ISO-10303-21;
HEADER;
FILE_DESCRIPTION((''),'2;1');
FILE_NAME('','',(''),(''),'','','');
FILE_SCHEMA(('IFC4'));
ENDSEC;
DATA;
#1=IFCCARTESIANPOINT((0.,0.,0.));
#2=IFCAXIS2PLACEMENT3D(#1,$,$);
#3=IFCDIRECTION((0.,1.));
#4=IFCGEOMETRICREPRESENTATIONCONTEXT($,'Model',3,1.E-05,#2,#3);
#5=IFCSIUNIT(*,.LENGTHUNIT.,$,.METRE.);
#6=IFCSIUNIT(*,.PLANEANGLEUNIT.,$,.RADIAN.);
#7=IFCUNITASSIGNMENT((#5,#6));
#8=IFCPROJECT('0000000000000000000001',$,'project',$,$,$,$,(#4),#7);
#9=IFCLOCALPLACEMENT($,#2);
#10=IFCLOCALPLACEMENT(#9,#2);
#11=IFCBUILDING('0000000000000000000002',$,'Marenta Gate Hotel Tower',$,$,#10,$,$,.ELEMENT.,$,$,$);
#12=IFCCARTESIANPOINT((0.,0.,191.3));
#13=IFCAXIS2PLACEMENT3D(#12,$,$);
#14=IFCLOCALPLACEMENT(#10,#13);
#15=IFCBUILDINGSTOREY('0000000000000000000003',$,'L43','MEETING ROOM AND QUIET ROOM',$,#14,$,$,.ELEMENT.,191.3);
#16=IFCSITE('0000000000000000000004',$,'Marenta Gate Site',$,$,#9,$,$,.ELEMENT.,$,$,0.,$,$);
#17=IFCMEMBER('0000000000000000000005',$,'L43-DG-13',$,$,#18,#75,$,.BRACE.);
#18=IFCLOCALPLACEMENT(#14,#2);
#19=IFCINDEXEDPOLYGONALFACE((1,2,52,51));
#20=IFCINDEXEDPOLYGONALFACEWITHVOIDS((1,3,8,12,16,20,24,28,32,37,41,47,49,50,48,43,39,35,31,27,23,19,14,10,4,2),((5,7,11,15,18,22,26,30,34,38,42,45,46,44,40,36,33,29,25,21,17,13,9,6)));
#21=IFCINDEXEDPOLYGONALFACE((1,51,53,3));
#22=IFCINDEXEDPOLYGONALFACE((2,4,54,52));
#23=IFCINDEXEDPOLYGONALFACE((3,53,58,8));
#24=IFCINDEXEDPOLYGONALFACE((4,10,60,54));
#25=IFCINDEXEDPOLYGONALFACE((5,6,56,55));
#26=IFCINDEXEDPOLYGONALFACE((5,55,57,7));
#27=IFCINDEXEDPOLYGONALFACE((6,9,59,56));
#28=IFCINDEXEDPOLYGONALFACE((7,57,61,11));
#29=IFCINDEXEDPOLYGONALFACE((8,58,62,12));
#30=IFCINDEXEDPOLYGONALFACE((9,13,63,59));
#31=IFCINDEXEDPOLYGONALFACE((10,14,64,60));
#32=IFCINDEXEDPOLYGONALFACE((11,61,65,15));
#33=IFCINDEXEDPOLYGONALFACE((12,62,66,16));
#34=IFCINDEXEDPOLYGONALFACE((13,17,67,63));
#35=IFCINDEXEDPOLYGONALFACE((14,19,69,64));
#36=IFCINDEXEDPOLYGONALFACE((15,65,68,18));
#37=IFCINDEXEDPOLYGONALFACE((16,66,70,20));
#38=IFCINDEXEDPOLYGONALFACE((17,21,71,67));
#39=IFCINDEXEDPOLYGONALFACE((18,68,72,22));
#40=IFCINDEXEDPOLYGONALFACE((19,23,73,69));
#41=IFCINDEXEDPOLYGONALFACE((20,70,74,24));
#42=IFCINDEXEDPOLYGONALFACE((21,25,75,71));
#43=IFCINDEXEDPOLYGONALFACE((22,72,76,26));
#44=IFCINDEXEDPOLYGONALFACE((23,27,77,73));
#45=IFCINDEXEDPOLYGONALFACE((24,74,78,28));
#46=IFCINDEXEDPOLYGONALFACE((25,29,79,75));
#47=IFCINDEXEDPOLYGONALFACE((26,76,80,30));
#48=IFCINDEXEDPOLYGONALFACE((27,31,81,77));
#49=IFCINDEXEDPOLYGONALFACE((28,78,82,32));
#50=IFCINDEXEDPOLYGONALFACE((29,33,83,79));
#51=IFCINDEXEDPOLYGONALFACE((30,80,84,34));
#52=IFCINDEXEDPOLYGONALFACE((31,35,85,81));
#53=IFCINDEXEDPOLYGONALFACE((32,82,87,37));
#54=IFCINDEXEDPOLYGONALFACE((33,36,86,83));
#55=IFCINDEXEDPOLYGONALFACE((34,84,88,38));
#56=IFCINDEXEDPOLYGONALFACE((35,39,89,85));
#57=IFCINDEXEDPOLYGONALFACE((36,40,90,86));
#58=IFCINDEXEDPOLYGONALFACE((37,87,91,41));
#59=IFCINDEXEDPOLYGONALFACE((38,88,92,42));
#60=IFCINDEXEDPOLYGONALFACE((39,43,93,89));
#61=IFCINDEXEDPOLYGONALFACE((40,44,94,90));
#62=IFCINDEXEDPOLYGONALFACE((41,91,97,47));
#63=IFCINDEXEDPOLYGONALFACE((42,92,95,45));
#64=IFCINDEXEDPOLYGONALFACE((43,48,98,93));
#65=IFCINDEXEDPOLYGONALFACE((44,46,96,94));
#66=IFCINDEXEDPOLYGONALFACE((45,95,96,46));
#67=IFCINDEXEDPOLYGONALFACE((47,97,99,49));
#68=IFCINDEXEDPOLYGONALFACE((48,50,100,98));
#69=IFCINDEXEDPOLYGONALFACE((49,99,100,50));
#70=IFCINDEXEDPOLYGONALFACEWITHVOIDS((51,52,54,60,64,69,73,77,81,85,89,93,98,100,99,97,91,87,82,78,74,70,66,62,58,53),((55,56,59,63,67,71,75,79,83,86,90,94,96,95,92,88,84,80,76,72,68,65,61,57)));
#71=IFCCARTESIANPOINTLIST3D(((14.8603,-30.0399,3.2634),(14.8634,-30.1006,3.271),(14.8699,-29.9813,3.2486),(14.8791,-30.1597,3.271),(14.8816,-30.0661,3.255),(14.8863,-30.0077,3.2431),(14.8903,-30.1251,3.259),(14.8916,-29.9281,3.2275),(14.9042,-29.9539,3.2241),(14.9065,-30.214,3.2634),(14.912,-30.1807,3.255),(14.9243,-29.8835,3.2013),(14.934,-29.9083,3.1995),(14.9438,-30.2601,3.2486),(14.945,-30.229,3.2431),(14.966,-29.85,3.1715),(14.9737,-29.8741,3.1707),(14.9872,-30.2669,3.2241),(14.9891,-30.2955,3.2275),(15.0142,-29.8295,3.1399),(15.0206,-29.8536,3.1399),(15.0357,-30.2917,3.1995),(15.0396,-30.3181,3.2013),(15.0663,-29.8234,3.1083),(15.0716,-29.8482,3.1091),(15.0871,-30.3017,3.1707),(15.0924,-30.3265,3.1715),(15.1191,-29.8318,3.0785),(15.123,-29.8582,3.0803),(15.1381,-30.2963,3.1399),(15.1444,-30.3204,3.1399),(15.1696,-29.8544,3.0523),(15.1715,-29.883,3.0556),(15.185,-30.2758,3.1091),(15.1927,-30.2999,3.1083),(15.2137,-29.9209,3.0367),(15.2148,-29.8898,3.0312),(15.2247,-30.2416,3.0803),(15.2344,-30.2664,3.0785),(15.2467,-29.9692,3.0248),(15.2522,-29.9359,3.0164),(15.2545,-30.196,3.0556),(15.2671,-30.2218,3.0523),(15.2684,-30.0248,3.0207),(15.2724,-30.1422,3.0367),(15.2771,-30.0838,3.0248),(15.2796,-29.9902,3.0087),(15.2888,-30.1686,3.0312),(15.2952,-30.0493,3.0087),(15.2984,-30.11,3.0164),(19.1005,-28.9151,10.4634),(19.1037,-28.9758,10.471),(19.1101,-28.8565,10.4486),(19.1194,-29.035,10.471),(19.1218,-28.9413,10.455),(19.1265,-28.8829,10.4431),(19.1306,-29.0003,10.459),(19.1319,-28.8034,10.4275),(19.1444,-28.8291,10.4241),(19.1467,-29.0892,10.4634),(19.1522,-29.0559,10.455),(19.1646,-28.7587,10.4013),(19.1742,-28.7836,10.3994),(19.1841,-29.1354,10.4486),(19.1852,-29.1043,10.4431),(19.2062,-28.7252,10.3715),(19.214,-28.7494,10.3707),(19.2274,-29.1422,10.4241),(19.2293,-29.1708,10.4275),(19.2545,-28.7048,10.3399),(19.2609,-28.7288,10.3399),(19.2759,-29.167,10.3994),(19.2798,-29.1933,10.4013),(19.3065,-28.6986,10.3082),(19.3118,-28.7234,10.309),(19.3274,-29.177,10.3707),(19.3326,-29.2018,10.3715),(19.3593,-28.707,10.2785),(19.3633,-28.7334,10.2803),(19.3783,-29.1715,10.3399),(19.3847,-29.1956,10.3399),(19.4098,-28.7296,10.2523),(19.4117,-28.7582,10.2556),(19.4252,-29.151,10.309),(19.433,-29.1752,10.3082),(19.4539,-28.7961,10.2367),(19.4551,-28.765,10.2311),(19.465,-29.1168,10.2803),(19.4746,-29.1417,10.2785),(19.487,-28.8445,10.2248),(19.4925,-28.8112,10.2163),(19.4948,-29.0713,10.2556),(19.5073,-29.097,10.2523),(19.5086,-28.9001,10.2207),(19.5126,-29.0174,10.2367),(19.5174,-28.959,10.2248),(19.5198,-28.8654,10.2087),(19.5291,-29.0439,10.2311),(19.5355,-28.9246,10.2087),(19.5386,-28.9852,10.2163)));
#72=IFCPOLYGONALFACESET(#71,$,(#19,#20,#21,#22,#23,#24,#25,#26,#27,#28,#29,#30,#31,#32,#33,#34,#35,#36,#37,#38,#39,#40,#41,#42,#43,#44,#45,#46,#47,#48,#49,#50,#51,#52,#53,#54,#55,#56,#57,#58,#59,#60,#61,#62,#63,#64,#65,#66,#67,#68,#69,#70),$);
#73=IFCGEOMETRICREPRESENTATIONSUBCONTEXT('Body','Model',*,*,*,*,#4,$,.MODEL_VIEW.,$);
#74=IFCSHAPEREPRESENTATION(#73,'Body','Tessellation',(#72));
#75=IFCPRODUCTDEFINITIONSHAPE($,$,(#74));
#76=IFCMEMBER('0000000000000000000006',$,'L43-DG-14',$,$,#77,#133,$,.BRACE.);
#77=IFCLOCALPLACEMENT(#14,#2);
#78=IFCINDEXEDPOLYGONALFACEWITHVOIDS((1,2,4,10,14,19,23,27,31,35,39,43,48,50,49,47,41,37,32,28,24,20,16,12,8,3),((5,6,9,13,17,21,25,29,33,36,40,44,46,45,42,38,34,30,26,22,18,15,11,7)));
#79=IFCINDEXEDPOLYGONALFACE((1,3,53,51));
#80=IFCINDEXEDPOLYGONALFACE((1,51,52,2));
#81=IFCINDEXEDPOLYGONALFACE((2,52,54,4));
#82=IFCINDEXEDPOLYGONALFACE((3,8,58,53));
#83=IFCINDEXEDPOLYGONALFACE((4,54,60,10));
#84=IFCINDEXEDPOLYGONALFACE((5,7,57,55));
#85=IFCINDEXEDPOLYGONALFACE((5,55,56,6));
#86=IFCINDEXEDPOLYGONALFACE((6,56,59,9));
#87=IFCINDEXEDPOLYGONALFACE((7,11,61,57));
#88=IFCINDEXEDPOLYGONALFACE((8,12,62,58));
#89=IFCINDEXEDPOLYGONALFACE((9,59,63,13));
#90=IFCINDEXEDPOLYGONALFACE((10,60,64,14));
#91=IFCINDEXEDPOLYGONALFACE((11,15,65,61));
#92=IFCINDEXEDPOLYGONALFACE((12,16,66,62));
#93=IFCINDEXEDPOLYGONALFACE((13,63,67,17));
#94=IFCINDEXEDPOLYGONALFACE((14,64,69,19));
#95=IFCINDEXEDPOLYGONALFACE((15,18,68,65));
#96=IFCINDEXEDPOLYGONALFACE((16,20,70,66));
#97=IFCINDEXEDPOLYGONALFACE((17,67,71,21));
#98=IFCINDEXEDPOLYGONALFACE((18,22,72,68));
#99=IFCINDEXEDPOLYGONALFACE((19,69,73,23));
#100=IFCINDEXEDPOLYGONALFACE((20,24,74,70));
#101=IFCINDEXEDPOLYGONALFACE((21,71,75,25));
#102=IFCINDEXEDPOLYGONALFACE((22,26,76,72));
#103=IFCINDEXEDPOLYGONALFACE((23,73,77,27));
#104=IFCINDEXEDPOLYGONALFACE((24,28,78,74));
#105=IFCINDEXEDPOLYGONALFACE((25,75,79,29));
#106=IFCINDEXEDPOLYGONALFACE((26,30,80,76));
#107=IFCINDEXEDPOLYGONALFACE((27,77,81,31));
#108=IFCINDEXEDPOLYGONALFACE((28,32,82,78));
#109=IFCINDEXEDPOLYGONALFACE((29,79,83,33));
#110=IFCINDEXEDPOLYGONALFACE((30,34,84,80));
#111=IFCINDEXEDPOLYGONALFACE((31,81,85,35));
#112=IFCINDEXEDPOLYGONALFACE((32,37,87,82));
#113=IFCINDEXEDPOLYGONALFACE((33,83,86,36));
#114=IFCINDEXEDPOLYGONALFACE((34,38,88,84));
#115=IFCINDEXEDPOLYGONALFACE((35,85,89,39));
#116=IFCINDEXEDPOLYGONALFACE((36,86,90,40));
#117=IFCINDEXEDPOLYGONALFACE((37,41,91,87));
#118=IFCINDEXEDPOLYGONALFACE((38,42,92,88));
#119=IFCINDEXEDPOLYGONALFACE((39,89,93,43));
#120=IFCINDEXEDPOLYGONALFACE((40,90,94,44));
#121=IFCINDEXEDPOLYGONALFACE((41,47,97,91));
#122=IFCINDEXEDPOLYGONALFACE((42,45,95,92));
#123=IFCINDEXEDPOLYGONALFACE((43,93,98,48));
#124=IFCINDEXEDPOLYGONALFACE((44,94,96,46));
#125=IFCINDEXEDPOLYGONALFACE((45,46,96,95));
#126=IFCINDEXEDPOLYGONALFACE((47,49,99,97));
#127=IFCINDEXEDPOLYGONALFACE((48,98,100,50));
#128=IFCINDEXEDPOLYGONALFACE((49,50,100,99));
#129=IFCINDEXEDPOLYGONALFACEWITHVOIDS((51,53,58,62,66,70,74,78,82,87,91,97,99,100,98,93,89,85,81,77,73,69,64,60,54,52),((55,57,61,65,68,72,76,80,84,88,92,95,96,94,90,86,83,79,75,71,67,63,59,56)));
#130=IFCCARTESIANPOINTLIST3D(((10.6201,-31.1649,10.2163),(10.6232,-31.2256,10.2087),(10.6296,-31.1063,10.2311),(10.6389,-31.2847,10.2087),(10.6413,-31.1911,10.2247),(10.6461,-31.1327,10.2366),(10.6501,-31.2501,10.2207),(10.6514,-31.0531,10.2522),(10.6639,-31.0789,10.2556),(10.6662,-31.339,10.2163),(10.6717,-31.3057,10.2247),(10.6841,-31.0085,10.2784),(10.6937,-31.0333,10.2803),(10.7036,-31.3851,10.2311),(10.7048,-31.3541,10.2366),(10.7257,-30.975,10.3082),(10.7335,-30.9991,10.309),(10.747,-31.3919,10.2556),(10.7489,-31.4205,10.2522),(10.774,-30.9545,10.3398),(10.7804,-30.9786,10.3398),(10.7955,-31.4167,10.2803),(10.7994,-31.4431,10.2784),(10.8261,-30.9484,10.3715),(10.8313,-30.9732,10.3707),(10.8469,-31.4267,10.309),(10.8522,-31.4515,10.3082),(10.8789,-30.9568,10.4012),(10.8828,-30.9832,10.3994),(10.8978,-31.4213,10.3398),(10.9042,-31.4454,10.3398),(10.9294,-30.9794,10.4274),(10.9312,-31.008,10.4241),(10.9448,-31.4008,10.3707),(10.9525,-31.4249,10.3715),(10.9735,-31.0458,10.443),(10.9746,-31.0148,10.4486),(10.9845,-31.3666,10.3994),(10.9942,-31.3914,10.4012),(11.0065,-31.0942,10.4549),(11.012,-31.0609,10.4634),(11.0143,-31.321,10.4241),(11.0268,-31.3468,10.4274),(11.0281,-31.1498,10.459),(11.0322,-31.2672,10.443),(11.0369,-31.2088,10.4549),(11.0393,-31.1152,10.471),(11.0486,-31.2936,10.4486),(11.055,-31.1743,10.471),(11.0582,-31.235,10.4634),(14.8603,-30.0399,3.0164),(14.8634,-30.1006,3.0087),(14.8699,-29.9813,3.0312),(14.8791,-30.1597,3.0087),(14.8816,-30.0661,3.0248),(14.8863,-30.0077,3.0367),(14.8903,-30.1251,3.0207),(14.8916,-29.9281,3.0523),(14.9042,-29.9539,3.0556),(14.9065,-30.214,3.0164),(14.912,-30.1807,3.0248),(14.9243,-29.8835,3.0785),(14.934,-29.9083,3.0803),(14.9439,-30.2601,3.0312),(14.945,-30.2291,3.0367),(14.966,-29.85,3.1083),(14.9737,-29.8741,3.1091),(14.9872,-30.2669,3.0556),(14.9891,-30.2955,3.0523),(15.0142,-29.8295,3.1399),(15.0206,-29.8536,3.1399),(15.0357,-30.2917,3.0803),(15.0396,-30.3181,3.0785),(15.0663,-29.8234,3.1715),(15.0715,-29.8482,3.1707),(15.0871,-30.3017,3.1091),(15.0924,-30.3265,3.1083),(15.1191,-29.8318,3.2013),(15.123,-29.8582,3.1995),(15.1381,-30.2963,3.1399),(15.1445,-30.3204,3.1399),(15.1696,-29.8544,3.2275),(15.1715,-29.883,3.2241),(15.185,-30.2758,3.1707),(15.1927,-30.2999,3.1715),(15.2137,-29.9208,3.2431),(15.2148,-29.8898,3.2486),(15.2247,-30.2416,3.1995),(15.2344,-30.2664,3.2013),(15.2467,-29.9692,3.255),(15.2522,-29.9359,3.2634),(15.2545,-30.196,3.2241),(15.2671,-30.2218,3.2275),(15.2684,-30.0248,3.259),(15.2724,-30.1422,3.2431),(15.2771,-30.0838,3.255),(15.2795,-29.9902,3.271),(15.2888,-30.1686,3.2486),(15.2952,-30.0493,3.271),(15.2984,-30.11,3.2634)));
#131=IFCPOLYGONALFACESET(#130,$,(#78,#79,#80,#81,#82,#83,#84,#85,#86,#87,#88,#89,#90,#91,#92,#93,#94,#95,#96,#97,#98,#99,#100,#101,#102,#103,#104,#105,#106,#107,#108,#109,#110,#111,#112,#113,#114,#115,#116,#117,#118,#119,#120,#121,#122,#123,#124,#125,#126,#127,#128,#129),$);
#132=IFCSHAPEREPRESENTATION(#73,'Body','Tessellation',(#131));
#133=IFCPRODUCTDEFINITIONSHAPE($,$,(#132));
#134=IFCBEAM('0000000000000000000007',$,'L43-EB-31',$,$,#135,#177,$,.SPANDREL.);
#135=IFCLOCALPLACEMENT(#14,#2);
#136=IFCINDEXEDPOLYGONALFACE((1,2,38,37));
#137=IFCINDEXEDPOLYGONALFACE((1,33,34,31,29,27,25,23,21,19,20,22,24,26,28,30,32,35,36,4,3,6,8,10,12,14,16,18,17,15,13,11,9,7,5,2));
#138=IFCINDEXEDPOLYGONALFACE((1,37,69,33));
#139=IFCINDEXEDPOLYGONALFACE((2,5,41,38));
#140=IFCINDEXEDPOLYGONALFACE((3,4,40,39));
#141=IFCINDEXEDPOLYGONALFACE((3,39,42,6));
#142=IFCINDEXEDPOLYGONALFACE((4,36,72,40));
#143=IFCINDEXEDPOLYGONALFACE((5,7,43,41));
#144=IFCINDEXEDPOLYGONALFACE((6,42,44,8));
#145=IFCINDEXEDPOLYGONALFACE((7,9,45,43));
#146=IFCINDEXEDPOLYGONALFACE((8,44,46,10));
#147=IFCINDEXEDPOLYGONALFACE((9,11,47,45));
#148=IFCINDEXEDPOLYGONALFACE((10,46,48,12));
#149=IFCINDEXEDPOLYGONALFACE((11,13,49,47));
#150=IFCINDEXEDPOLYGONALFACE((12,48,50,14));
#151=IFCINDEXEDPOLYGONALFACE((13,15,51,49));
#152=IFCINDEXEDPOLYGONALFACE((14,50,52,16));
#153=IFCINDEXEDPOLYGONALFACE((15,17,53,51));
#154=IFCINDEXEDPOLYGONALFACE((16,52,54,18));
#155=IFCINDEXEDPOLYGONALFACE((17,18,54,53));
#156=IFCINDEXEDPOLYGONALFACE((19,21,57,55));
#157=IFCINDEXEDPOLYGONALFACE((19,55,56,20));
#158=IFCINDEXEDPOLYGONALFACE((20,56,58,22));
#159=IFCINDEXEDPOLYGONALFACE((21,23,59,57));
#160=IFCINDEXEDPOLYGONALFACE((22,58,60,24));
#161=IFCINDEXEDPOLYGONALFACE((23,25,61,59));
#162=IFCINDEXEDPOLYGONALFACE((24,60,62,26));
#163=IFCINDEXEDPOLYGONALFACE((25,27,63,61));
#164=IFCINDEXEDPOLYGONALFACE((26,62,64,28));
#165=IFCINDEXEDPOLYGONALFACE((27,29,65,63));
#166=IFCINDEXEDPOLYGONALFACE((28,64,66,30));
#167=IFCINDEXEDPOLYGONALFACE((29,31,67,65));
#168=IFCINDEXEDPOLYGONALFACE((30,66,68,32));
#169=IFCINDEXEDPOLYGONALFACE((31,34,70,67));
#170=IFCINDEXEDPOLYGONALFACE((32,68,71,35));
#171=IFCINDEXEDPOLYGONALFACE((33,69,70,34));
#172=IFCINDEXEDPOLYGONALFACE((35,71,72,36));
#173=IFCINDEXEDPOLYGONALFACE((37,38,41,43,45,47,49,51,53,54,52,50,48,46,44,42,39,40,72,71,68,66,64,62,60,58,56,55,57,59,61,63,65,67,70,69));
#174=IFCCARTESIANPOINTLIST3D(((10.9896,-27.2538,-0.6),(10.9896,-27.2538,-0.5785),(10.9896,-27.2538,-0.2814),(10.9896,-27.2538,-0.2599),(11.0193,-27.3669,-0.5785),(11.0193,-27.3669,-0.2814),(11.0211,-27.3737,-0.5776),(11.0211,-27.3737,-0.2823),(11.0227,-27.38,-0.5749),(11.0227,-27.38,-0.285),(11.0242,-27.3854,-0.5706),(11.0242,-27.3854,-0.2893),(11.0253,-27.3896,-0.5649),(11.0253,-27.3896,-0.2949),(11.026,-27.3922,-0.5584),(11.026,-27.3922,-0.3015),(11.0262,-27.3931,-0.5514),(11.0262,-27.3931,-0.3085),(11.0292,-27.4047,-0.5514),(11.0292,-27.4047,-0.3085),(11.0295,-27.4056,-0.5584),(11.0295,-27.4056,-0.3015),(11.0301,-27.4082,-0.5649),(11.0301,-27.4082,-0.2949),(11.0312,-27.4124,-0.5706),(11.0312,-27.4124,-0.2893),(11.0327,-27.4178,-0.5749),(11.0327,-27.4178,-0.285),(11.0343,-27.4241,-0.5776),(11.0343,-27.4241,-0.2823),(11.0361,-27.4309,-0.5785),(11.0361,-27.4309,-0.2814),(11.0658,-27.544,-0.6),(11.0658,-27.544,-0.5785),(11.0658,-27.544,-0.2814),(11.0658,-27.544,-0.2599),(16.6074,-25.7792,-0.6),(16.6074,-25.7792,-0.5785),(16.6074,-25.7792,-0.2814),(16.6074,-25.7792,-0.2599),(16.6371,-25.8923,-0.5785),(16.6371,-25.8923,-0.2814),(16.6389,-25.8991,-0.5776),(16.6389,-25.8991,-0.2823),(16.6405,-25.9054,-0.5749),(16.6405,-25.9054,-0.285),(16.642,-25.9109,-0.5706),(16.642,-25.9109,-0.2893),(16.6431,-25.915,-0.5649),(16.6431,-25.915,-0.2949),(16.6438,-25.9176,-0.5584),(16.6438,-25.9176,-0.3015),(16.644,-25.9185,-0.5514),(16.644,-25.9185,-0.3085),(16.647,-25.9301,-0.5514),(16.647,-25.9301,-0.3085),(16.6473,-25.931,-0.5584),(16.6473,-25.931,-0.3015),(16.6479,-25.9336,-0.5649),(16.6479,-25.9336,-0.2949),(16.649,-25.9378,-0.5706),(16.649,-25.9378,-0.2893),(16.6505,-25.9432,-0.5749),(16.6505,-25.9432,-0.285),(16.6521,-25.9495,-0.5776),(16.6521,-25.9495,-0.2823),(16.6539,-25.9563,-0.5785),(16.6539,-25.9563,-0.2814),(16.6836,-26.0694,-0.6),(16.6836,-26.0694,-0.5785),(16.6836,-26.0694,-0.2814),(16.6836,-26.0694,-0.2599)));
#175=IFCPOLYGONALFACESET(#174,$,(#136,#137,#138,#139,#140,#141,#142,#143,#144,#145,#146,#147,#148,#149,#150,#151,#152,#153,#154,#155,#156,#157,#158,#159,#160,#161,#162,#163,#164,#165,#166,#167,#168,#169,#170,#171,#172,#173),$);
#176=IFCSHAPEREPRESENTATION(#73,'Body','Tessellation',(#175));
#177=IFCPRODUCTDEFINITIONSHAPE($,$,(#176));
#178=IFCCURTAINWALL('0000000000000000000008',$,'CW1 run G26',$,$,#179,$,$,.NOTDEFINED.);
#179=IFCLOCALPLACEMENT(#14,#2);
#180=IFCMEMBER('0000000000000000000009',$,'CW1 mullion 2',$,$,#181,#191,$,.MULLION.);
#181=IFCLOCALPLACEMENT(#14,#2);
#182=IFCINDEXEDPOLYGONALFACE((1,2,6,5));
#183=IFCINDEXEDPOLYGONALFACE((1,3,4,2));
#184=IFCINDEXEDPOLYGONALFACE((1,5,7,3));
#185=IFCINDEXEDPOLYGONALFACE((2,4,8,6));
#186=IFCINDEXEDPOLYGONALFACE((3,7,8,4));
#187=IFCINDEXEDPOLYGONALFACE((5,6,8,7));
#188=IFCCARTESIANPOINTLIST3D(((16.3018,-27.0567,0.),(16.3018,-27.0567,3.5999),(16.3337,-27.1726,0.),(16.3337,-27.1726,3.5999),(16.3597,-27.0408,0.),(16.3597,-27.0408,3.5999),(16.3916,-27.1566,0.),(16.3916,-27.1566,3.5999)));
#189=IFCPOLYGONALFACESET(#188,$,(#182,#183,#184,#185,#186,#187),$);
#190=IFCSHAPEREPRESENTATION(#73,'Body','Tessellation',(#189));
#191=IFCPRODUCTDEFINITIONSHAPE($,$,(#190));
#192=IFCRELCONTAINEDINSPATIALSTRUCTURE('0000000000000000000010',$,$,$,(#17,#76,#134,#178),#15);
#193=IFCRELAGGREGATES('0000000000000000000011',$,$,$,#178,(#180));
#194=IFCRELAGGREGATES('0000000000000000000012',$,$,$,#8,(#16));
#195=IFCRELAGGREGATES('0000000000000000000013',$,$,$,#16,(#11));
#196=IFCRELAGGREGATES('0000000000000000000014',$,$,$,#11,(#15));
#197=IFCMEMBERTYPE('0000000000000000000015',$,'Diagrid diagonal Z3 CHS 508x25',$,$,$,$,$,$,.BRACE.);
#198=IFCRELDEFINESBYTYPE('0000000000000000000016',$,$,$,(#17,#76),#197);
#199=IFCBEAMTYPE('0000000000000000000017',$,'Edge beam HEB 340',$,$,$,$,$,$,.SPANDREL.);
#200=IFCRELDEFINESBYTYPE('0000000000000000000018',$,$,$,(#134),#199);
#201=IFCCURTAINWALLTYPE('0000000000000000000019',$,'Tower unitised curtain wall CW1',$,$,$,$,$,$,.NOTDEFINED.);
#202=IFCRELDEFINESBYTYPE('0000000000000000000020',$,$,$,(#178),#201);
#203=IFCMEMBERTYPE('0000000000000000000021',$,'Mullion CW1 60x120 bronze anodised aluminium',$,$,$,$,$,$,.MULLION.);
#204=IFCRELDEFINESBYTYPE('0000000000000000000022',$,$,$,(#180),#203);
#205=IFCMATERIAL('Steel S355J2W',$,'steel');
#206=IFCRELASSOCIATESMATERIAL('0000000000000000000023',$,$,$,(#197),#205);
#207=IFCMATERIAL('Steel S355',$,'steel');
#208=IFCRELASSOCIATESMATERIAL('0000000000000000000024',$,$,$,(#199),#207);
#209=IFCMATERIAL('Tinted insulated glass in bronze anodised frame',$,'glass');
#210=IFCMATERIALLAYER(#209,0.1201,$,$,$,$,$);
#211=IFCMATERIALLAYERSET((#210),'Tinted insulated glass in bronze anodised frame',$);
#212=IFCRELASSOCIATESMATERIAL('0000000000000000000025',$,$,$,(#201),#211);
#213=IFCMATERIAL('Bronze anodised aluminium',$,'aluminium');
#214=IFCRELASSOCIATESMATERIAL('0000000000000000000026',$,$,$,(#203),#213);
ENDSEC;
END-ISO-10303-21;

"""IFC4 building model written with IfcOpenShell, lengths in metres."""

from ifc_helpers import new_model, si_unit, direction, frame, origin, origin_2d, place, context, subcontext, project, spatial, rectangle, hollow_circle, i_section, extrude, material, layer, layer_set, material_profile, profile_set, type_object, element, aggregate, save


model = new_model("IFC4")

# Units and contexts
model_context = context("Model", 3, precision=1e-05, world=origin(), true_north=direction((0.0, 1.0)))
body_context = subcontext(model_context, "Body", "Model", "MODEL_VIEW")
ifc_project = project(units=[si_unit("LENGTHUNIT", "METRE"), si_unit("PLANEANGLEUNIT", "RADIAN")], contexts=[model_context])

# Site, building, storey
site_placement = place(None, origin())
site = spatial("IfcSite", under=ifc_project, at=site_placement, Name="Marenta Gate Site", CompositionType="ELEMENT", RefElevation=0.0)
building_placement = place(site_placement, origin())
building = spatial("IfcBuilding", under=site, at=building_placement, Name="Marenta Gate Hotel Tower", CompositionType="ELEMENT")
storey_placement = place(building_placement, frame((0.0, 0.0, 191.3)))
storey = spatial("IfcBuildingStorey", under=building, at=storey_placement, Name="L43", Description="MEETING ROOM AND QUIET ROOM", CompositionType="ELEMENT", Elevation=191.3)

# Members
ifc_material_1 = material(Name="Steel S355J2W", Category="steel")
ifc_material_profile_1 = material_profile(ifc_material_1, hollow_circle(Radius=0.2539, WallThickness=0.0249, at=origin_2d()), Name="CHS 508x25")
ifc_profile_set_1 = profile_set([ifc_material_profile_1], Name="Steel S355J2W")
member_type_1 = type_object("IfcMemberType", Name="Diagrid diagonal Z3 CHS 508x25", PredefinedType="BRACE", material=ifc_profile_set_1)
for number, where, z_axis, x_axis, name in (
    (1, (15.0793, -30.075, 3.1399), (0.502926, 0.133405, 0.853972), (-0.256391, 0.966573, 0.0), "L43-DG-13"),
    (2, (15.0793, -30.075, 3.1399), (-0.502924, -0.133434, 0.853969), (0.256443, -0.966559, 0.0), "L43-DG-14"),
):
    element("IfcMember", number, at=place(storey_placement, frame(where, z_axis=z_axis, x_axis=x_axis)), inside=storey, type_object=member_type_1, Name=name, PredefinedType="BRACE", context=body_context, shape_type="SweptSolid", body=[
        extrude(hollow_circle(Radius=0.2539, WallThickness=0.0249, at=origin_2d()), origin(), (0.0, 0.0, 1.0), 8.4312),
    ])

# Beam
ifc_material_2 = material(Name="Steel S355", Category="steel")
ifc_material_profile_2 = material_profile(ifc_material_2, i_section(OverallWidth=0.3, OverallDepth=0.3401, WebThickness=0.012, FlangeThickness=0.0215, FilletRadius=0.0271, at=origin_2d()), Name="HEB 340")
ifc_profile_set_2 = profile_set([ifc_material_profile_2], Name="Steel S355")
beam_type = type_object("IfcBeamType", Name="Edge beam HEB 340", PredefinedType="SPANDREL", material=ifc_profile_set_2)
beam_placement = place(storey_placement, frame((16.6455, -25.9243, -0.4299), z_axis=(-0.967235, -0.253883, 0.0), x_axis=(0.253883, -0.967235, 0.0)))
element("IfcBeam", 3, at=beam_placement, inside=storey, type_object=beam_type, Name="L43-EB-31", PredefinedType="SPANDREL", context=body_context, shape_type="SweptSolid", body=[
    extrude(i_section(OverallWidth=0.3, OverallDepth=0.3401, WebThickness=0.012, FlangeThickness=0.0215, FilletRadius=0.0271, at=origin_2d()), origin(), (0.0, 0.0, 1.0), 5.8081),
])

# Curtain wall, member
ifc_material_3 = material(Name="Tinted insulated glass in bronze anodised frame", Category="glass")
ifc_layer_1 = layer(ifc_material_3, 0.1201)
ifc_layer_set_1 = layer_set([ifc_layer_1], Name="Tinted insulated glass in bronze anodised frame")
curtain_wall_type = type_object("IfcCurtainWallType", Name="Tower unitised curtain wall CW1", PredefinedType="NOTDEFINED", material=ifc_layer_set_1)
curtain_wall_placement = place(storey_placement, origin())
curtain_wall = element("IfcCurtainWall", 4, at=curtain_wall_placement, inside=storey, type_object=curtain_wall_type, Name="CW1 run G26", PredefinedType="NOTDEFINED")
ifc_material_4 = material(Name="Bronze anodised aluminium", Category="aluminium")
ifc_material_profile_3 = material_profile(ifc_material_4, rectangle(XDim=0.1201, YDim=0.0601, at=origin_2d()), Name="Mullion CW1 60x120 bronze anodised aluminium")
ifc_profile_set_3 = profile_set([ifc_material_profile_3], Name="Bronze anodised aluminium")
member_type_2 = type_object("IfcMemberType", Name="Mullion CW1 60x120 bronze anodised aluminium", PredefinedType="MULLION", material=ifc_profile_set_3)
member_1_placement = place(storey_placement, frame((16.3467, -27.1067, 0.0), z_axis=(0.0, 0.0, 1.0), x_axis=(-0.265294, 0.964168, 0.0)))
member_1 = element("IfcMember", 5, at=member_1_placement, type_object=member_type_2, Name="CW1 mullion 2", PredefinedType="MULLION", context=body_context, shape_type="SweptSolid", body=[
    extrude(rectangle(XDim=0.1201, YDim=0.0601, at=origin_2d()), origin(), (0.0, 0.0, 1.0), 3.5999),
])
aggregate(curtain_wall, [member_1])

save(model, "model.ifc")
